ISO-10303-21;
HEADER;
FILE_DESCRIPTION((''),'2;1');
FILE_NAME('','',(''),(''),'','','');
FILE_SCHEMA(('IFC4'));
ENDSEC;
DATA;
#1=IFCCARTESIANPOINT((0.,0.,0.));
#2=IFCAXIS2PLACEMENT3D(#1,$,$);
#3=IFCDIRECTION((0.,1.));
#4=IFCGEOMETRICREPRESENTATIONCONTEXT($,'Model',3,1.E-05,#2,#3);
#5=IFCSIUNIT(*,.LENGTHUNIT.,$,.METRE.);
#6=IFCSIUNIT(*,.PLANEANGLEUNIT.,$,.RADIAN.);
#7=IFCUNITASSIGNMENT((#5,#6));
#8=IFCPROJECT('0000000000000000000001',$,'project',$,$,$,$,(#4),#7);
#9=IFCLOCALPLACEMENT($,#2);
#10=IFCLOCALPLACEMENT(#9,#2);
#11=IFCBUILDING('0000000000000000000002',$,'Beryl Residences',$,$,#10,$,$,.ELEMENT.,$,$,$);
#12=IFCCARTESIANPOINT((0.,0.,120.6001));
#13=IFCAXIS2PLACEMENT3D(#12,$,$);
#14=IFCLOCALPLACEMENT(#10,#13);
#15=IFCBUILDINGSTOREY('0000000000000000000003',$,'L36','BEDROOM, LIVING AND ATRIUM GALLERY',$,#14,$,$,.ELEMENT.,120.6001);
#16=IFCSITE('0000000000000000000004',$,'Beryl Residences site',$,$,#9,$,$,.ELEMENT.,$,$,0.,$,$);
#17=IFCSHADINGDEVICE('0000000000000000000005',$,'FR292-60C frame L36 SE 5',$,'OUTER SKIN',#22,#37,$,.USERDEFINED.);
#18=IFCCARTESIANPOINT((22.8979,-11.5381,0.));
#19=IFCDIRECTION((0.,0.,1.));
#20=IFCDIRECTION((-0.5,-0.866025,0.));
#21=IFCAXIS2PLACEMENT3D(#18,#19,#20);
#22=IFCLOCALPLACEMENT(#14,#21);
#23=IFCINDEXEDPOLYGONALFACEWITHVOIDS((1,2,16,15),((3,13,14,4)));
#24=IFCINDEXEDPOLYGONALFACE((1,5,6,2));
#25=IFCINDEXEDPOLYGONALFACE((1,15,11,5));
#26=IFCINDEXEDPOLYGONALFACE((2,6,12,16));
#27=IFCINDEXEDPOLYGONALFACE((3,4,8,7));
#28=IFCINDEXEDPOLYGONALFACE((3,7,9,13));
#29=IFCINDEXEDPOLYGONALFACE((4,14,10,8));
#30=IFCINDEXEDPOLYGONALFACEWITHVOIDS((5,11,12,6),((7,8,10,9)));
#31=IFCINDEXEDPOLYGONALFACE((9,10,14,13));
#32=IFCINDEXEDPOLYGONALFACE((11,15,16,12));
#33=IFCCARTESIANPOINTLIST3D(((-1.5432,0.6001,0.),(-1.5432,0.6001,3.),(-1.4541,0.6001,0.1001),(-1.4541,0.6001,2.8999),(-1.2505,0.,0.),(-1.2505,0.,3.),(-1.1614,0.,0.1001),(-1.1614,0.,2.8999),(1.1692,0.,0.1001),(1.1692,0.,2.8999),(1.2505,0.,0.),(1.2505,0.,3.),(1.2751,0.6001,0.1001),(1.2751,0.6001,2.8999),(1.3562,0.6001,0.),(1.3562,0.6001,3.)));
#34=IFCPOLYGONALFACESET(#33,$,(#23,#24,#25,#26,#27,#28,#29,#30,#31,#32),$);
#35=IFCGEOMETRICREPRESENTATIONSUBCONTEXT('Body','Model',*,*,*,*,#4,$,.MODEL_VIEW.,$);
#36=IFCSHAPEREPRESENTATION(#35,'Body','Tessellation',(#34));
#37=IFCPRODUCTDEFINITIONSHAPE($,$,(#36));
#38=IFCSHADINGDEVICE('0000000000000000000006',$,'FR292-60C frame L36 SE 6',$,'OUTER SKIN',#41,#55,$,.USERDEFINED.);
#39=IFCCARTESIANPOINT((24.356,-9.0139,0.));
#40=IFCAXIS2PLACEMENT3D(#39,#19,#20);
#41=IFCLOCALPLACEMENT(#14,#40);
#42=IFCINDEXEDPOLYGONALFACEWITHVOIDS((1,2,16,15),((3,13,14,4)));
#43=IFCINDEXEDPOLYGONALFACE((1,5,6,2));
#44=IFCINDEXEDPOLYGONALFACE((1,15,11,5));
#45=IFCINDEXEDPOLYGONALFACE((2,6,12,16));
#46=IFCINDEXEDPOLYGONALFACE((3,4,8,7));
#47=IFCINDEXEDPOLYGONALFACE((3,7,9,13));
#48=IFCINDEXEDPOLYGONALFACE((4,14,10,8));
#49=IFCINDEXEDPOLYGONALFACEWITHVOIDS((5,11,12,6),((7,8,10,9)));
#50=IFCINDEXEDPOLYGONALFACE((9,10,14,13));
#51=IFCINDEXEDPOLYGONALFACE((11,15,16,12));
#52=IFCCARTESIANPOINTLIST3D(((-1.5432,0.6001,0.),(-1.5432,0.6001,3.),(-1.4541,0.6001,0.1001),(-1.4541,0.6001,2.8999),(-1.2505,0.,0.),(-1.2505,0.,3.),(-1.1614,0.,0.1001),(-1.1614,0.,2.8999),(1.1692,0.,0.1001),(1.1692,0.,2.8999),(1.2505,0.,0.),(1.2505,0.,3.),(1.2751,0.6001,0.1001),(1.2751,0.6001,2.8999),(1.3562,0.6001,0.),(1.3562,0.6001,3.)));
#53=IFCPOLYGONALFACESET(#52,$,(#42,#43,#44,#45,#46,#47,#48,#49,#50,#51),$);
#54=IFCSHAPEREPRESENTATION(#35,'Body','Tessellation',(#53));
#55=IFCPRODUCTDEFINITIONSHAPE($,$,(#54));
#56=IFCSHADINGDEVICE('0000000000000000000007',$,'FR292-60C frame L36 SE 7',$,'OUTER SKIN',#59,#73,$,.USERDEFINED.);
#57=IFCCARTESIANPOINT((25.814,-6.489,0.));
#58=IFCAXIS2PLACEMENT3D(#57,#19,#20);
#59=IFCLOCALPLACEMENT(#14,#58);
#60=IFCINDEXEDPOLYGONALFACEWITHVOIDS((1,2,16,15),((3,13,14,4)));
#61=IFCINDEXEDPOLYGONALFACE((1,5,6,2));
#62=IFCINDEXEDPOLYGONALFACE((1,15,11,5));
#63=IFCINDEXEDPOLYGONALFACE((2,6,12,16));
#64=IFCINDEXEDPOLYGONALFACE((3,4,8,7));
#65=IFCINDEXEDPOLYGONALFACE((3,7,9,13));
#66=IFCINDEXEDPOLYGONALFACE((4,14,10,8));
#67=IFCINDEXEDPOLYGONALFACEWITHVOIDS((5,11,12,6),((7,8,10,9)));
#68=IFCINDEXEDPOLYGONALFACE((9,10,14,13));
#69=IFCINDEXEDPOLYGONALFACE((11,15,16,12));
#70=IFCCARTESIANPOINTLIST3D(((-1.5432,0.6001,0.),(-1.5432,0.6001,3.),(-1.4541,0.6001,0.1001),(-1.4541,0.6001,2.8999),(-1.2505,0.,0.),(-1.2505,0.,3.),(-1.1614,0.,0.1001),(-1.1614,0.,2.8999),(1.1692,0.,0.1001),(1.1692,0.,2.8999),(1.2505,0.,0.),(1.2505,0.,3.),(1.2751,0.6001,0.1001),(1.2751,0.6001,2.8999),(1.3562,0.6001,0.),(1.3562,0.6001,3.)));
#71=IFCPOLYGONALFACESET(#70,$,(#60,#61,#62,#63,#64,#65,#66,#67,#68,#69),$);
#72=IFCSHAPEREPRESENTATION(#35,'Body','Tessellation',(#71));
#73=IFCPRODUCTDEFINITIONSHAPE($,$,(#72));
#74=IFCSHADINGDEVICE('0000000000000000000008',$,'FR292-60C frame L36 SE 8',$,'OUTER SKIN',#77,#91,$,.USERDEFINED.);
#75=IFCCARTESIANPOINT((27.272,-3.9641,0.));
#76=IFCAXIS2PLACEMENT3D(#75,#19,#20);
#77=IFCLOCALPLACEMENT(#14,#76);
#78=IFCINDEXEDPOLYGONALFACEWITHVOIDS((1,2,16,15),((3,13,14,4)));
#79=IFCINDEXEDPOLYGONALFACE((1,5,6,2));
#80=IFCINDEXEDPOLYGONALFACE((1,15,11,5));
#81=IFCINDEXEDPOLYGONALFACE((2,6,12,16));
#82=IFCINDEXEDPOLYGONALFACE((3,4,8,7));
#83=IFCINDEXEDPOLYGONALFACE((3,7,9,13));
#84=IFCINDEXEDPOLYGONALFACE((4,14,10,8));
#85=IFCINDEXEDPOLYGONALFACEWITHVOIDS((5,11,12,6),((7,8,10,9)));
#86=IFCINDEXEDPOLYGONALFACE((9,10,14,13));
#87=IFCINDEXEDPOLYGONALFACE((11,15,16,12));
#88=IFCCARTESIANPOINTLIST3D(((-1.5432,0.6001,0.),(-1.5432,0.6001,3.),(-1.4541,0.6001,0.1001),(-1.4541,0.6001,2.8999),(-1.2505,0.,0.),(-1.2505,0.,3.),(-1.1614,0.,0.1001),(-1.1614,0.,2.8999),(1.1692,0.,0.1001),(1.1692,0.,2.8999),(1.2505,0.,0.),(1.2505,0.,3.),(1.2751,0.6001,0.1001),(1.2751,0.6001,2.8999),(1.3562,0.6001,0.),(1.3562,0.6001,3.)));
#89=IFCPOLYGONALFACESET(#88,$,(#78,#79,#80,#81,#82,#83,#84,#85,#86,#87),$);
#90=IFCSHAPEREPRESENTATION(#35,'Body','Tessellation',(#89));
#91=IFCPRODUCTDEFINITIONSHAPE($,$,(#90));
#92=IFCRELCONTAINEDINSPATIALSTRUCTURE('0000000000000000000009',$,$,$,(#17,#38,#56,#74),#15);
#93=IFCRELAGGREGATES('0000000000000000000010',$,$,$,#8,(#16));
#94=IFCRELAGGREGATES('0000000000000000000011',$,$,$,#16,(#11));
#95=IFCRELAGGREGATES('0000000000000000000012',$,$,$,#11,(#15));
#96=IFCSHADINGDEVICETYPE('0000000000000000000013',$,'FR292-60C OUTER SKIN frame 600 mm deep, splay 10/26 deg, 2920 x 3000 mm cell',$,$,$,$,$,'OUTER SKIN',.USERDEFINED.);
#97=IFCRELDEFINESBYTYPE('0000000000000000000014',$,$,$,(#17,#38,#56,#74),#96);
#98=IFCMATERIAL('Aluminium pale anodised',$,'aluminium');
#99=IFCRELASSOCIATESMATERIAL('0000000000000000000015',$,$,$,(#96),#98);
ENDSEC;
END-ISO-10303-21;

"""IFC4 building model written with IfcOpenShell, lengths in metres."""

from ifc_helpers import new_model, entity, si_unit, direction, frame, origin, place, context, subcontext, project, spatial, source, transform, mapped, material, type_object, type_shapes, element, save


model = new_model("IFC4")

# Units and contexts
model_context = context("Model", 3, precision=1e-05, world=origin(), true_north=direction((0.0, 1.0)))
body_context = subcontext(model_context, "Body", "Model", "MODEL_VIEW")
ifc_project = project(units=[si_unit("LENGTHUNIT", "METRE"), si_unit("PLANEANGLEUNIT", "RADIAN")], contexts=[model_context])

# Site, building, storey
site_placement = place(None, origin())
site = spatial("IfcSite", under=ifc_project, at=site_placement, Name="Beryl Residences site", CompositionType="ELEMENT", RefElevation=0.0)
building_placement = place(site_placement, origin())
building = spatial("IfcBuilding", under=site, at=building_placement, Name="Beryl Residences", CompositionType="ELEMENT")
storey_placement = place(building_placement, frame((0.0, 0.0, 120.6001)))
storey = spatial("IfcBuildingStorey", under=building, at=storey_placement, Name="L36", Description="BEDROOM, LIVING AND ATRIUM GALLERY", CompositionType="ELEMENT", Elevation=120.6001)

# Shading devices
ifc_material_1 = material(Name="Aluminium pale anodised", Category="aluminium")
shading_device_type = type_object("IfcShadingDeviceType", Name="FR292-60C OUTER SKIN frame 600 mm deep, splay 10/26 deg, 2920 x 3000 mm cell", ElementType="OUTER SKIN", PredefinedType="USERDEFINED", material=ifc_material_1)
cartesian_point_1 = entity("IfcCartesianPoint", [-1.2505, 0.0])
cartesian_point_2 = entity("IfcCartesianPoint", [-1.1692, 0.1001])
cartesian_point_3 = entity("IfcCartesianPoint", [-1.3562, 0.0])
cartesian_point_4 = entity("IfcCartesianPoint", [-1.2751, 0.1001])
shared_shape_1 = source(origin(), body_context, "Body", "SweptSolid", [
    entity("IfcExtrudedAreaSolidTapered", entity("IfcArbitraryProfileDefWithVoids", "AREA", None, entity("IfcPolyline", [cartesian_point_1, entity("IfcCartesianPoint", [1.2505, 0.0]), entity("IfcCartesianPoint", [1.2505, 3.0]), entity("IfcCartesianPoint", [-1.2505, 3.0]), cartesian_point_1]), [entity("IfcPolyline", [cartesian_point_2, entity("IfcCartesianPoint", [1.1614, 0.1001]), entity("IfcCartesianPoint", [1.1614, 2.8999]), entity("IfcCartesianPoint", [-1.1692, 2.8999]), cartesian_point_2])]), entity("IfcAxis2Placement3D", entity("IfcCartesianPoint", [0.0, 0.0, 0.0]), entity("IfcDirection", [0.0, 1.0, 0.0]), entity("IfcDirection", [-1.0, 0.0, 0.0])), entity("IfcDirection", [0.0, 0.0, 1.0]), 0.6001, entity("IfcArbitraryProfileDefWithVoids", "AREA", None, entity("IfcPolyline", [cartesian_point_3, entity("IfcCartesianPoint", [1.5432, 0.0]), entity("IfcCartesianPoint", [1.5432, 3.0]), entity("IfcCartesianPoint", [-1.3562, 3.0]), cartesian_point_3]), [entity("IfcPolyline", [cartesian_point_4, entity("IfcCartesianPoint", [1.4541, 0.1001]), entity("IfcCartesianPoint", [1.4541, 2.8999]), entity("IfcCartesianPoint", [-1.2751, 2.8999]), cartesian_point_4])])),
])
type_shapes(shading_device_type, [shared_shape_1])
for number, where, z_axis, x_axis, name in (
    (1, (22.8979, -11.5381, 0.0), (0.0, 0.0, 1.0), (-0.5, -0.866025, 0.0), "FR292-60C frame L36 SE 5"),
    (2, (24.356, -9.0139, 0.0), (0.0, 0.0, 1.0), (-0.5, -0.866025, 0.0), "FR292-60C frame L36 SE 6"),
    (3, (25.814, -6.489, 0.0), (0.0, 0.0, 1.0), (-0.5, -0.866025, 0.0), "FR292-60C frame L36 SE 7"),
    (4, (27.272, -3.9641, 0.0), (0.0, 0.0, 1.0), (-0.5, -0.866025, 0.0), "FR292-60C frame L36 SE 8"),
):
    element("IfcShadingDevice", number, at=place(storey_placement, frame(where, z_axis=z_axis, x_axis=x_axis)), inside=storey, type_object=shading_device_type, Name=name, ObjectType="OUTER SKIN", PredefinedType="USERDEFINED", context=body_context, shape_type="MappedRepresentation", body=[
        mapped(shared_shape_1, transform((0.0, 0.0, 0.0))),
    ])

save(model, "model.ifc")
